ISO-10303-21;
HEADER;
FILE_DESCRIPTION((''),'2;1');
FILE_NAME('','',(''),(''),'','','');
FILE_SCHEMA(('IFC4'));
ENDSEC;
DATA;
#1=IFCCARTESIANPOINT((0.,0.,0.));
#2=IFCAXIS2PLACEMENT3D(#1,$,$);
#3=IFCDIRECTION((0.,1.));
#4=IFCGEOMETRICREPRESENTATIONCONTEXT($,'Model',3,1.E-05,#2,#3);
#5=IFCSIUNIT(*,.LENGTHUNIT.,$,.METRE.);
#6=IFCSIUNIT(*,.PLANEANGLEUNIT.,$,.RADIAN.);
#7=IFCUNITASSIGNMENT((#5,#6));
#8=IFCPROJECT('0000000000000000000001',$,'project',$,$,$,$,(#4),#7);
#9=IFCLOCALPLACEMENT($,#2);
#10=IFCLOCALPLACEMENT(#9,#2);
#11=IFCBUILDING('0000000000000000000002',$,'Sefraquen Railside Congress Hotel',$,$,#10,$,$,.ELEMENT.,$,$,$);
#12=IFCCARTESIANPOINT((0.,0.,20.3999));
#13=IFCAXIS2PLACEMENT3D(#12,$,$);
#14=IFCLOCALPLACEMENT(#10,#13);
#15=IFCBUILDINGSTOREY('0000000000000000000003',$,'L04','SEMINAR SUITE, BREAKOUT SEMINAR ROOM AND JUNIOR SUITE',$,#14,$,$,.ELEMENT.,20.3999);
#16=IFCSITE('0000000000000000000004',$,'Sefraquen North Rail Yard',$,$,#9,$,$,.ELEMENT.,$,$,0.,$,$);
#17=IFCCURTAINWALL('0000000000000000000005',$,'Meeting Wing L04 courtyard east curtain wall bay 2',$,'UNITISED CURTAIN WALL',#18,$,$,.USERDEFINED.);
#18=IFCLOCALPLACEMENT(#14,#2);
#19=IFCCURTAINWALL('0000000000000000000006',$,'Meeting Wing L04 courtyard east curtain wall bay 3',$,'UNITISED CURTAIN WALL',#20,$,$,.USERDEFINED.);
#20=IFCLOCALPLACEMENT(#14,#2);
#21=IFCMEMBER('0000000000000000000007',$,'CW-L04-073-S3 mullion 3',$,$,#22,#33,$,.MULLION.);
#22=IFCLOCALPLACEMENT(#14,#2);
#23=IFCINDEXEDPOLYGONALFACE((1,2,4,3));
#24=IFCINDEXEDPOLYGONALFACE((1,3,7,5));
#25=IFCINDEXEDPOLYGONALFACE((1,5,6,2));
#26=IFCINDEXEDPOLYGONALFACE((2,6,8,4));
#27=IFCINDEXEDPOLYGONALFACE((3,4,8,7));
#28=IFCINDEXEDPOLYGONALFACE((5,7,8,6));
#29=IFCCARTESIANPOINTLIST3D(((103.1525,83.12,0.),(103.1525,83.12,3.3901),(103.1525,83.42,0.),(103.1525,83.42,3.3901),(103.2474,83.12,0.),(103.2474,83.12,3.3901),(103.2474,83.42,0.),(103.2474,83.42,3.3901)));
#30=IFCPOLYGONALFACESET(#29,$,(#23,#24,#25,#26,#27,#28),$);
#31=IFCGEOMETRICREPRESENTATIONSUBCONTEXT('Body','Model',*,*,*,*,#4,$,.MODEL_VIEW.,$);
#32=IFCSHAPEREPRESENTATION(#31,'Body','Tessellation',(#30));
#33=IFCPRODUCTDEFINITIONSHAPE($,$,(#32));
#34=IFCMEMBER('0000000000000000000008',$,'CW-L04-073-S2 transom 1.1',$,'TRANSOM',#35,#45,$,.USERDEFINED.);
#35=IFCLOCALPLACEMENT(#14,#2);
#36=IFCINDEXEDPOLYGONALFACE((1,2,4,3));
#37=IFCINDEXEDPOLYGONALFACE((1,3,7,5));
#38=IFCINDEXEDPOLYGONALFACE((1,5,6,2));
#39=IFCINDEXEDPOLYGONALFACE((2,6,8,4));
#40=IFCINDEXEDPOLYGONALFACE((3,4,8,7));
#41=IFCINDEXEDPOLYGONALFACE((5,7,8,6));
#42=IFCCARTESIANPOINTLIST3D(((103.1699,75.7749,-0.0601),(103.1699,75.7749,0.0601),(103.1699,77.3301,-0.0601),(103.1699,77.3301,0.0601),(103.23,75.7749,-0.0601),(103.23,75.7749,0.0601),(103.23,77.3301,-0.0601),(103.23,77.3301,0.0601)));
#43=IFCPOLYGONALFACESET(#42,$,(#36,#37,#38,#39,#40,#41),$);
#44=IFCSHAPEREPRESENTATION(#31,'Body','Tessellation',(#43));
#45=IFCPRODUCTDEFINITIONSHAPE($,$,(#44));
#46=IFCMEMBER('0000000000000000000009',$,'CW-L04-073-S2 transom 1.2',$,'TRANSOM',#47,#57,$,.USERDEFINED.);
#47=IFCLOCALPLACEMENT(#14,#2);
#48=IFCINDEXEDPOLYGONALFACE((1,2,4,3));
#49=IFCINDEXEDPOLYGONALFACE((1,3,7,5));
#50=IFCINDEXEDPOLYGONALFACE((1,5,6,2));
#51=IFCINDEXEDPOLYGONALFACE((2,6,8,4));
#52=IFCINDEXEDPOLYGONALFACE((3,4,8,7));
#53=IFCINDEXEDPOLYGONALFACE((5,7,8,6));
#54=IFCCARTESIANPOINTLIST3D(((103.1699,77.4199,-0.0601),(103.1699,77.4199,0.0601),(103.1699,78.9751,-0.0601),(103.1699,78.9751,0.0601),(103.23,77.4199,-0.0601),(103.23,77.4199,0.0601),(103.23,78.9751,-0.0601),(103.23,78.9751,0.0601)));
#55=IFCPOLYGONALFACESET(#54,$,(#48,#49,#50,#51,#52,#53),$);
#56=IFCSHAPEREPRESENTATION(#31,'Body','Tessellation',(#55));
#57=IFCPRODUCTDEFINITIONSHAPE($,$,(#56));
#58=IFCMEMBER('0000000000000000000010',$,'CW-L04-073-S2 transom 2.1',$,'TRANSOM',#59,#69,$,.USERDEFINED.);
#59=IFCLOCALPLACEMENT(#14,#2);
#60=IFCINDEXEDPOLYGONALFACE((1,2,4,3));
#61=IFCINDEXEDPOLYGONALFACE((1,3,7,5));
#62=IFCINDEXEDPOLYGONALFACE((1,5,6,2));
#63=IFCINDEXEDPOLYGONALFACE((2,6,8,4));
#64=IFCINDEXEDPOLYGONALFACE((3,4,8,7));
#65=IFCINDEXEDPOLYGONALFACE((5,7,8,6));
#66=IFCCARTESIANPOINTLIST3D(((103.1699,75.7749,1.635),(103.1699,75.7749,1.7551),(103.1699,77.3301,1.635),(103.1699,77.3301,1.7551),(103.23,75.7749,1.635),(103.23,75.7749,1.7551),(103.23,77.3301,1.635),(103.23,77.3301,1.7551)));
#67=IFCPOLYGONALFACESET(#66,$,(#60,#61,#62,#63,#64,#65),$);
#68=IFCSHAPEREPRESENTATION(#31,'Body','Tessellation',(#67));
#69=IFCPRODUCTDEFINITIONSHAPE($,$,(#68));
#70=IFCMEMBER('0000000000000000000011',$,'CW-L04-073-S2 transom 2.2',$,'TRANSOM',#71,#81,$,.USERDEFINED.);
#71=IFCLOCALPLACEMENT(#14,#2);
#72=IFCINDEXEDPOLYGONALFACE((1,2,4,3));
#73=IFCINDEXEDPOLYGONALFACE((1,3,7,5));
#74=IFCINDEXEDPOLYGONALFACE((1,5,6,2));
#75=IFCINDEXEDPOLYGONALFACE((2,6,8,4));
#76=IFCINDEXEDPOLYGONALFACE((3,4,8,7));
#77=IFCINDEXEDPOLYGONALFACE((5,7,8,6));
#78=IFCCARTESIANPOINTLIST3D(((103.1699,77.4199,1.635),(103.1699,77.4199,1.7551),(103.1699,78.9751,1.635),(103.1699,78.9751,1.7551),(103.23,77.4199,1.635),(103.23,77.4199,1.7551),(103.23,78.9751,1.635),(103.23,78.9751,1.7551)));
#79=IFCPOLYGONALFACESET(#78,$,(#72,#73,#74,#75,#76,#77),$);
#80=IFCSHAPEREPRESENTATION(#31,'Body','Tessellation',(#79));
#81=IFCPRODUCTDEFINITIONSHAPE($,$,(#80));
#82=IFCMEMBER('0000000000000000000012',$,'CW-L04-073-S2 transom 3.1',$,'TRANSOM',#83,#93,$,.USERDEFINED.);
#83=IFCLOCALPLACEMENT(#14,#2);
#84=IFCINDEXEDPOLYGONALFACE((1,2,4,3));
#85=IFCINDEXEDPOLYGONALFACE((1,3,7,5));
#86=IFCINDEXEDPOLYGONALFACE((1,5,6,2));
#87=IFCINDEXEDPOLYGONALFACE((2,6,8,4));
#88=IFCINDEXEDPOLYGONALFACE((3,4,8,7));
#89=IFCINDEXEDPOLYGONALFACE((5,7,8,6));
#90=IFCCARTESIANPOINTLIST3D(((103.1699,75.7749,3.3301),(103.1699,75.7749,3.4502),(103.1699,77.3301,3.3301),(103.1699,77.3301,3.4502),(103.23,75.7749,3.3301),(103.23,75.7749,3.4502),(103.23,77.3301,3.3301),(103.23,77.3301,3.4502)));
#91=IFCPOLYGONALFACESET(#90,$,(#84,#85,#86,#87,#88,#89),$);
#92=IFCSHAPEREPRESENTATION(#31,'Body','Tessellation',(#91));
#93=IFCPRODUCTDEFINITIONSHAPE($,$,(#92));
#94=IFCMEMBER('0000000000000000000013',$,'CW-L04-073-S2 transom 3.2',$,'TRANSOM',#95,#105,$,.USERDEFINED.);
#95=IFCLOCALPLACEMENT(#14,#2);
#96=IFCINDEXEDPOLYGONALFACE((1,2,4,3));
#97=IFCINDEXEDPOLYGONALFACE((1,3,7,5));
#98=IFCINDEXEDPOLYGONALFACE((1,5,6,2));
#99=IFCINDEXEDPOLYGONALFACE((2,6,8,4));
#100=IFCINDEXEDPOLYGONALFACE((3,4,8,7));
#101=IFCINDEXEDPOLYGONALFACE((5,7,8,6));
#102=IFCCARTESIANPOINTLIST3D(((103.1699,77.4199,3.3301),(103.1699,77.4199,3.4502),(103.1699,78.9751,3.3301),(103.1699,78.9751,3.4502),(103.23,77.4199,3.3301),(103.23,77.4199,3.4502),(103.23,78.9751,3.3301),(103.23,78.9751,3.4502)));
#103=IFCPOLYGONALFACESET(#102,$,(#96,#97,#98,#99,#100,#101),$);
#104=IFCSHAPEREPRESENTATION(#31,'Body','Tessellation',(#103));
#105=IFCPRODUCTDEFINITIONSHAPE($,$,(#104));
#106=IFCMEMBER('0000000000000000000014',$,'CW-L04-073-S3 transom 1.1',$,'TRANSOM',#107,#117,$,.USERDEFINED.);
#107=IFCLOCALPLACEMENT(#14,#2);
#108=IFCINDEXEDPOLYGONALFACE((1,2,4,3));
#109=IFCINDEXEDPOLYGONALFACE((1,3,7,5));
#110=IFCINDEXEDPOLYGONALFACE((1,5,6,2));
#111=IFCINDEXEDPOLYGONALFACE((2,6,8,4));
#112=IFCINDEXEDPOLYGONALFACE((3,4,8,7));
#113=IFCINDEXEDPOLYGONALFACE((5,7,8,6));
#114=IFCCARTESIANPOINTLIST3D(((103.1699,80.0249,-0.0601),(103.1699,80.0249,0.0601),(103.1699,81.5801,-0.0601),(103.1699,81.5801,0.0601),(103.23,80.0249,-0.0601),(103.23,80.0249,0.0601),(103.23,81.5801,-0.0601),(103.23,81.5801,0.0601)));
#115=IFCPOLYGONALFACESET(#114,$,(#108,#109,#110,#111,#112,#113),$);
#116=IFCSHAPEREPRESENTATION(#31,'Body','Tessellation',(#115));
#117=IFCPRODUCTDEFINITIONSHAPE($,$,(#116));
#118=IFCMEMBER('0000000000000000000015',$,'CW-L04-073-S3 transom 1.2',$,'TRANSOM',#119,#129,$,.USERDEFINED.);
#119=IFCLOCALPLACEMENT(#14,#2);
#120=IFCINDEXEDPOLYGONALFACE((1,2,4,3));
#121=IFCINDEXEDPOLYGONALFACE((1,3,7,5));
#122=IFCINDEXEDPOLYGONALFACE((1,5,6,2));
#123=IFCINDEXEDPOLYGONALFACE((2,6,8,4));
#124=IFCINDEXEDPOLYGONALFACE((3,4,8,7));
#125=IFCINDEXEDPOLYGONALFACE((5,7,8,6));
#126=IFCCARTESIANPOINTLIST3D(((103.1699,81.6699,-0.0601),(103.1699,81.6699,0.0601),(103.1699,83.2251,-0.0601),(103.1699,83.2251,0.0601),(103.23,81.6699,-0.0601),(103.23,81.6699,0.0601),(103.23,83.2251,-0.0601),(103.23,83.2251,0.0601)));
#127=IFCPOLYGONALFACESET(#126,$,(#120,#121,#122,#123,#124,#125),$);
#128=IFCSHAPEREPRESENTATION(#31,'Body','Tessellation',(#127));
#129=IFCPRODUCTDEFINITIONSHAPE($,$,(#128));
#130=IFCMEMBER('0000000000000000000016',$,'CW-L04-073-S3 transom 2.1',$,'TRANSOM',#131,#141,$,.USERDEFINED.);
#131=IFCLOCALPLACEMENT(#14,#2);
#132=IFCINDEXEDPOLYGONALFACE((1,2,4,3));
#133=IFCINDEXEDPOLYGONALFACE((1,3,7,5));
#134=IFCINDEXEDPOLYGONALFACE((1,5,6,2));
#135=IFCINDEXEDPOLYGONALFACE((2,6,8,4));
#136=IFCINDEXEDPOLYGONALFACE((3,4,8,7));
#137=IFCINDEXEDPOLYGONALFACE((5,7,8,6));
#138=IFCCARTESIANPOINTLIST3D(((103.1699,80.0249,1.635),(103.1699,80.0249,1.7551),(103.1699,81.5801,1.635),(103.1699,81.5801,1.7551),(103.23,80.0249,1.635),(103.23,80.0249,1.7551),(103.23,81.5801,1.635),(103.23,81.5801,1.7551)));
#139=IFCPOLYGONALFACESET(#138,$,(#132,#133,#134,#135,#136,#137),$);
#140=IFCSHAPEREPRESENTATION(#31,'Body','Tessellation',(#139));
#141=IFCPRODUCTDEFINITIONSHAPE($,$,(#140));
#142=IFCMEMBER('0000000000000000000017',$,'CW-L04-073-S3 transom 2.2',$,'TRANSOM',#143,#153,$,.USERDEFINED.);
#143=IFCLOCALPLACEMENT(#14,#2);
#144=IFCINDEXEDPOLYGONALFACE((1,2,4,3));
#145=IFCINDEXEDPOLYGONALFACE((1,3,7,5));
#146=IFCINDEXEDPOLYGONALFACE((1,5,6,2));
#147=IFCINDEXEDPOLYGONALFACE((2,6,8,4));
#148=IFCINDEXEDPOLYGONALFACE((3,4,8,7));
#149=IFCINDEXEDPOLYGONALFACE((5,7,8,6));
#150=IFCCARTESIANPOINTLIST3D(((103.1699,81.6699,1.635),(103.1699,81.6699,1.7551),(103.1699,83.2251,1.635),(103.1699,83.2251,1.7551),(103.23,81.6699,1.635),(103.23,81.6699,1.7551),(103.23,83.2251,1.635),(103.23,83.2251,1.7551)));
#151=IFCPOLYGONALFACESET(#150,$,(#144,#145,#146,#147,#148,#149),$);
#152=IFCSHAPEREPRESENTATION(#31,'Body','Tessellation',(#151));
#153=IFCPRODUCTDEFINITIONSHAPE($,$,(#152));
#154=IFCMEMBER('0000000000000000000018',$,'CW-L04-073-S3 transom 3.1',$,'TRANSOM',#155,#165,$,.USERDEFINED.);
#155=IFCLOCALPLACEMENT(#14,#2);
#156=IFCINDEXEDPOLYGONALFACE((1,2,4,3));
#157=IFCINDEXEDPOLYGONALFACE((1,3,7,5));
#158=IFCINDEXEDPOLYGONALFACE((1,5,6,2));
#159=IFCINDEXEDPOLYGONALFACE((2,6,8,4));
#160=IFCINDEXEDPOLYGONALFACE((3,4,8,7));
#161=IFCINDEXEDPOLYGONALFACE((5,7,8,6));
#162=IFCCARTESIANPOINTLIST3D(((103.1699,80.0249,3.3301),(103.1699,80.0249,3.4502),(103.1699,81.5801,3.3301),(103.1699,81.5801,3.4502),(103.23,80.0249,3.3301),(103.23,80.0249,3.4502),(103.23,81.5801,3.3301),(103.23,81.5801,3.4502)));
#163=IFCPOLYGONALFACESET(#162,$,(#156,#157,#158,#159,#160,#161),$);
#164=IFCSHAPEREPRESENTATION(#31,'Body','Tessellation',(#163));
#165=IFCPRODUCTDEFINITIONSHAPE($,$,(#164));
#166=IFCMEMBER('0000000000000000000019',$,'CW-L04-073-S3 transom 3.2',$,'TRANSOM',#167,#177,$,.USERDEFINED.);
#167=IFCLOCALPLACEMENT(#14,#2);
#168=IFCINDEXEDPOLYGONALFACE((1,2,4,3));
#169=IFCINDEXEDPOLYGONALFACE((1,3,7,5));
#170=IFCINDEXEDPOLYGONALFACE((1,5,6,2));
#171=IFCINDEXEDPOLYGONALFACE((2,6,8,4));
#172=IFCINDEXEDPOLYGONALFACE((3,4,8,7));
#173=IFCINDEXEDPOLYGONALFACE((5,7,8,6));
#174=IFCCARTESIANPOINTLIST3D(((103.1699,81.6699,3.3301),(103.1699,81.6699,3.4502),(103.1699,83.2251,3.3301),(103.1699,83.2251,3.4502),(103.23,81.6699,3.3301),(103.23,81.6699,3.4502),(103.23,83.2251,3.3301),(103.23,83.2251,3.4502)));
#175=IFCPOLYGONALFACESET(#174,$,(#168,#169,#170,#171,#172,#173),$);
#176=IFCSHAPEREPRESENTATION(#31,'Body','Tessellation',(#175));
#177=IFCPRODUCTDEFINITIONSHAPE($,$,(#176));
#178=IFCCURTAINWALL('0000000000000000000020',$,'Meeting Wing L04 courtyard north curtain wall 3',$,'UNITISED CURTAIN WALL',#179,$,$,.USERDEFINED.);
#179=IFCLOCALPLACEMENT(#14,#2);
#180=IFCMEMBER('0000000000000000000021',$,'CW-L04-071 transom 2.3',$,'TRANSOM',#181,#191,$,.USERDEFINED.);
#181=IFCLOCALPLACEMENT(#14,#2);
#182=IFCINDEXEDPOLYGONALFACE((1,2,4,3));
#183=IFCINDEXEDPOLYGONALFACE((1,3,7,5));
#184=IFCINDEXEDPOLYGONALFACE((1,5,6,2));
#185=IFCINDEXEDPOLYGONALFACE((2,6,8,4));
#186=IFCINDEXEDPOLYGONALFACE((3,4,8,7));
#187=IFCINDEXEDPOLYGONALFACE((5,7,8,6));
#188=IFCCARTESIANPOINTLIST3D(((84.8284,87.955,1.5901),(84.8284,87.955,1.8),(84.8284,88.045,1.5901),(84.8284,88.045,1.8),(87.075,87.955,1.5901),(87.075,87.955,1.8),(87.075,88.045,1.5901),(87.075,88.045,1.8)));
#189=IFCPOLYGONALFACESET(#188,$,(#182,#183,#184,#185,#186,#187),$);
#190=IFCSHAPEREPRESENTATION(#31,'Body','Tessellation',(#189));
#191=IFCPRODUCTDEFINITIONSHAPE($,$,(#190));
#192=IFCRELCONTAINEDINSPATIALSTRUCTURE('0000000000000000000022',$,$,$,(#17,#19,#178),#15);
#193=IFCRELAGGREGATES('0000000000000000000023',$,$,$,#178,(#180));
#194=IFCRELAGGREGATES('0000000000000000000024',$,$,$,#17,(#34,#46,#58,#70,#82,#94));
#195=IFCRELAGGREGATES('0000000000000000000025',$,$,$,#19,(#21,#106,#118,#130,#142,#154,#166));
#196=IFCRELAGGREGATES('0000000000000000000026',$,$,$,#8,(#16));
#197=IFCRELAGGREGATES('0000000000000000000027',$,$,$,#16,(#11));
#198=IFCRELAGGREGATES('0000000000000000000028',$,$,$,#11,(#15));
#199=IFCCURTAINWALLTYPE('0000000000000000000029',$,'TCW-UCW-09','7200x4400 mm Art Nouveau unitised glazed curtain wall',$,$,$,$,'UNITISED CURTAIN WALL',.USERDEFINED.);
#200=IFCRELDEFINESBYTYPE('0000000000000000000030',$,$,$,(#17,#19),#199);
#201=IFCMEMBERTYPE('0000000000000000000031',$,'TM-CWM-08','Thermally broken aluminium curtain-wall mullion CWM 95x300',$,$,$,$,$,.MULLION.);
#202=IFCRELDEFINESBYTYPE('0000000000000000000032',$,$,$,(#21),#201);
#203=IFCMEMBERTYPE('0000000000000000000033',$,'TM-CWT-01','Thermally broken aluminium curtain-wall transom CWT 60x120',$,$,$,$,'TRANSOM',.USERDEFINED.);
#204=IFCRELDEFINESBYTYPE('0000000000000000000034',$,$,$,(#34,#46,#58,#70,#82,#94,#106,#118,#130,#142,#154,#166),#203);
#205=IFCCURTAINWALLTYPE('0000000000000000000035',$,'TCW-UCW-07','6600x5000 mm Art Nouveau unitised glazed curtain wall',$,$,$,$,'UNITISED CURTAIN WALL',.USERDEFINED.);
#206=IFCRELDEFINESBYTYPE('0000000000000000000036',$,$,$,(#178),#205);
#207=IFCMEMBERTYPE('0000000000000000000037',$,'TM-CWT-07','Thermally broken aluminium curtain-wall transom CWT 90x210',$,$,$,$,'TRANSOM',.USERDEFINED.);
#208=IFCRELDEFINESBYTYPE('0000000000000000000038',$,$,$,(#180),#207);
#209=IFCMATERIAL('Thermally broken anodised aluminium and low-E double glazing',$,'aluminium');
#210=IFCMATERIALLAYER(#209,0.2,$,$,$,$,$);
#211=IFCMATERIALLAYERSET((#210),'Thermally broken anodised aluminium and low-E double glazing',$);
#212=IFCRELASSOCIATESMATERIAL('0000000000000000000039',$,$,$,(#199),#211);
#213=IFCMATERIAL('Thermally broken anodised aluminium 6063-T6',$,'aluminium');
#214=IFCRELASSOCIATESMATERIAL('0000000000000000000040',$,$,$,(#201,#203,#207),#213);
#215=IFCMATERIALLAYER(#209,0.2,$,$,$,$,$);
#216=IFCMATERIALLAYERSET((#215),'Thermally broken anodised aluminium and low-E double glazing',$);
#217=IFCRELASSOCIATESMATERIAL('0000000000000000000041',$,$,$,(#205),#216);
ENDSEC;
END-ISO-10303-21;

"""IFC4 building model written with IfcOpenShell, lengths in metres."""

from ifc_helpers import new_model, si_unit, direction, frame, origin, origin_2d, place, context, subcontext, project, spatial, rectangle, extrude, material, layer, layer_set, material_profile, profile_set, type_object, element, aggregate, save


model = new_model("IFC4")

# Units and contexts
model_context = context("Model", 3, precision=1e-05, world=origin(), true_north=direction((0.0, 1.0)))
body_context = subcontext(model_context, "Body", "Model", "MODEL_VIEW")
ifc_project = project(units=[si_unit("LENGTHUNIT", "METRE"), si_unit("PLANEANGLEUNIT", "RADIAN")], contexts=[model_context])

# Site, building, storey
site_placement = place(None, origin())
site = spatial("IfcSite", under=ifc_project, at=site_placement, Name="Sefraquen North Rail Yard", CompositionType="ELEMENT", RefElevation=0.0)
building_placement = place(site_placement, origin())
building = spatial("IfcBuilding", under=site, at=building_placement, Name="Sefraquen Railside Congress Hotel", CompositionType="ELEMENT")
storey_placement = place(building_placement, frame((0.0, 0.0, 20.3999)))
storey = spatial("IfcBuildingStorey", under=building, at=storey_placement, Name="L04", Description="SEMINAR SUITE, BREAKOUT SEMINAR ROOM AND JUNIOR SUITE", CompositionType="ELEMENT", Elevation=20.3999)

# Curtain walls
ifc_material_1 = material(Name="Thermally broken anodised aluminium and low-E double glazing", Category="aluminium")
ifc_layer_1 = layer(ifc_material_1, 0.2)
ifc_layer_set_1 = layer_set([ifc_layer_1], Name="Thermally broken anodised aluminium and low-E double glazing")
curtain_wall_type_1 = type_object("IfcCurtainWallType", Name="TCW-UCW-09", Description="7200x4400 mm Art Nouveau unitised glazed curtain wall", ElementType="UNITISED CURTAIN WALL", PredefinedType="USERDEFINED", material=ifc_layer_set_1)
curtain_wall_1_placement = place(storey_placement, origin())
curtain_wall_1 = element("IfcCurtainWall", 1, at=curtain_wall_1_placement, inside=storey, type_object=curtain_wall_type_1, Name="Meeting Wing L04 courtyard east curtain wall bay 2", ObjectType="UNITISED CURTAIN WALL", PredefinedType="USERDEFINED")
ifc_material_2 = material(Name="Thermally broken anodised aluminium 6063-T6", Category="aluminium")
curtain_wall_2_placement = place(storey_placement, origin())
curtain_wall_2 = element("IfcCurtainWall", 2, at=curtain_wall_2_placement, inside=storey, type_object=curtain_wall_type_1, Name="Meeting Wing L04 courtyard east curtain wall bay 3", ObjectType="UNITISED CURTAIN WALL", PredefinedType="USERDEFINED")

# Members
ifc_material_profile_1 = material_profile(ifc_material_2, rectangle(XDim=0.095, YDim=0.3, at=origin_2d()), Name="CWM 95x300")
ifc_profile_set_1 = profile_set([ifc_material_profile_1], Name="Thermally broken anodised aluminium 6063-T6")
member_type_1 = type_object("IfcMemberType", Name="TM-CWM-08", Description="Thermally broken aluminium curtain-wall mullion CWM 95x300", PredefinedType="MULLION", material=ifc_profile_set_1)
member_1_placement = place(storey_placement, frame((103.2, 83.27, 0.0), z_axis=(0.0, 0.0, 1.0), x_axis=(1.0, 0.0, 0.0)))
member_1 = element("IfcMember", 3, at=member_1_placement, type_object=member_type_1, Name="CW-L04-073-S3 mullion 3", PredefinedType="MULLION", context=body_context, shape_type="SweptSolid", body=[
    extrude(rectangle(XDim=0.095, YDim=0.3, at=origin_2d()), origin(), (0.0, 0.0, 1.0), 3.3901),
])
ifc_material_profile_2 = material_profile(ifc_material_2, rectangle(XDim=0.0601, YDim=0.1201, at=origin_2d()), Name="CWT 60x120")
ifc_profile_set_2 = profile_set([ifc_material_profile_2], Name="Thermally broken anodised aluminium 6063-T6")
member_type_2 = type_object("IfcMemberType", Name="TM-CWT-01", Description="Thermally broken aluminium curtain-wall transom CWT 60x120", ElementType="TRANSOM", PredefinedType="USERDEFINED", material=ifc_profile_set_2)
member_2_placement = place(storey_placement, frame((103.2, 75.7749, 0.0), z_axis=(0.0, 1.0, 0.0), x_axis=(-1.0, 0.0, 0.0)))
member_2 = element("IfcMember", 4, at=member_2_placement, type_object=member_type_2, Name="CW-L04-073-S2 transom 1.1", ObjectType="TRANSOM", PredefinedType="USERDEFINED", context=body_context, shape_type="SweptSolid", body=[
    extrude(rectangle(XDim=0.0601, YDim=0.1201, at=origin_2d()), origin(), (0.0, 0.0, 1.0), 1.5552),
])
member_3_placement = place(storey_placement, frame((103.2, 77.4199, 0.0), z_axis=(0.0, 1.0, 0.0), x_axis=(-1.0, 0.0, 0.0)))
member_3 = element("IfcMember", 5, at=member_3_placement, type_object=member_type_2, Name="CW-L04-073-S2 transom 1.2", ObjectType="TRANSOM", PredefinedType="USERDEFINED", context=body_context, shape_type="SweptSolid", body=[
    extrude(rectangle(XDim=0.0601, YDim=0.1201, at=origin_2d()), origin(), (0.0, 0.0, 1.0), 1.5552),
])
member_4_placement = place(storey_placement, frame((103.2, 75.7749, 1.6951), z_axis=(0.0, 1.0, 0.0), x_axis=(-1.0, 0.0, 0.0)))
member_4 = element("IfcMember", 6, at=member_4_placement, type_object=member_type_2, Name="CW-L04-073-S2 transom 2.1", ObjectType="TRANSOM", PredefinedType="USERDEFINED", context=body_context, shape_type="SweptSolid", body=[
    extrude(rectangle(XDim=0.0601, YDim=0.1201, at=origin_2d()), origin(), (0.0, 0.0, 1.0), 1.5552),
])
member_5_placement = place(storey_placement, frame((103.2, 77.4199, 1.6951), z_axis=(0.0, 1.0, 0.0), x_axis=(-1.0, 0.0, 0.0)))
member_5 = element("IfcMember", 7, at=member_5_placement, type_object=member_type_2, Name="CW-L04-073-S2 transom 2.2", ObjectType="TRANSOM", PredefinedType="USERDEFINED", context=body_context, shape_type="SweptSolid", body=[
    extrude(rectangle(XDim=0.0601, YDim=0.1201, at=origin_2d()), origin(), (0.0, 0.0, 1.0), 1.5552),
])
member_6_placement = place(storey_placement, frame((103.2, 75.7749, 3.3901), z_axis=(0.0, 1.0, 0.0), x_axis=(-1.0, 0.0, 0.0)))
member_6 = element("IfcMember", 8, at=member_6_placement, type_object=member_type_2, Name="CW-L04-073-S2 transom 3.1", ObjectType="TRANSOM", PredefinedType="USERDEFINED", context=body_context, shape_type="SweptSolid", body=[
    extrude(rectangle(XDim=0.0601, YDim=0.1201, at=origin_2d()), origin(), (0.0, 0.0, 1.0), 1.5552),
])
member_7_placement = place(storey_placement, frame((103.2, 77.4199, 3.3901), z_axis=(0.0, 1.0, 0.0), x_axis=(-1.0, 0.0, 0.0)))
member_7 = element("IfcMember", 9, at=member_7_placement, type_object=member_type_2, Name="CW-L04-073-S2 transom 3.2", ObjectType="TRANSOM", PredefinedType="USERDEFINED", context=body_context, shape_type="SweptSolid", body=[
    extrude(rectangle(XDim=0.0601, YDim=0.1201, at=origin_2d()), origin(), (0.0, 0.0, 1.0), 1.5552),
])
member_8_placement = place(storey_placement, frame((103.2, 80.0249, 0.0), z_axis=(0.0, 1.0, 0.0), x_axis=(-1.0, 0.0, 0.0)))
member_8 = element("IfcMember", 10, at=member_8_placement, type_object=member_type_2, Name="CW-L04-073-S3 transom 1.1", ObjectType="TRANSOM", PredefinedType="USERDEFINED", context=body_context, shape_type="SweptSolid", body=[
    extrude(rectangle(XDim=0.0601, YDim=0.1201, at=origin_2d()), origin(), (0.0, 0.0, 1.0), 1.5552),
])
member_9_placement = place(storey_placement, frame((103.2, 81.6699, 0.0), z_axis=(0.0, 1.0, 0.0), x_axis=(-1.0, 0.0, 0.0)))
member_9 = element("IfcMember", 11, at=member_9_placement, type_object=member_type_2, Name="CW-L04-073-S3 transom 1.2", ObjectType="TRANSOM", PredefinedType="USERDEFINED", context=body_context, shape_type="SweptSolid", body=[
    extrude(rectangle(XDim=0.0601, YDim=0.1201, at=origin_2d()), origin(), (0.0, 0.0, 1.0), 1.5552),
])
member_10_placement = place(storey_placement, frame((103.2, 80.0249, 1.6951), z_axis=(0.0, 1.0, 0.0), x_axis=(-1.0, 0.0, 0.0)))
member_10 = element("IfcMember", 12, at=member_10_placement, type_object=member_type_2, Name="CW-L04-073-S3 transom 2.1", ObjectType="TRANSOM", PredefinedType="USERDEFINED", context=body_context, shape_type="SweptSolid", body=[
    extrude(rectangle(XDim=0.0601, YDim=0.1201, at=origin_2d()), origin(), (0.0, 0.0, 1.0), 1.5552),
])
member_11_placement = place(storey_placement, frame((103.2, 81.6699, 1.6951), z_axis=(0.0, 1.0, 0.0), x_axis=(-1.0, 0.0, 0.0)))
member_11 = element("IfcMember", 13, at=member_11_placement, type_object=member_type_2, Name="CW-L04-073-S3 transom 2.2", ObjectType="TRANSOM", PredefinedType="USERDEFINED", context=body_context, shape_type="SweptSolid", body=[
    extrude(rectangle(XDim=0.0601, YDim=0.1201, at=origin_2d()), origin(), (0.0, 0.0, 1.0), 1.5552),
])
member_12_placement = place(storey_placement, frame((103.2, 80.0249, 3.3901), z_axis=(0.0, 1.0, 0.0), x_axis=(-1.0, 0.0, 0.0)))
member_12 = element("IfcMember", 14, at=member_12_placement, type_object=member_type_2, Name="CW-L04-073-S3 transom 3.1", ObjectType="TRANSOM", PredefinedType="USERDEFINED", context=body_context, shape_type="SweptSolid", body=[
    extrude(rectangle(XDim=0.0601, YDim=0.1201, at=origin_2d()), origin(), (0.0, 0.0, 1.0), 1.5552),
])
member_13_placement = place(storey_placement, frame((103.2, 81.6699, 3.3901), z_axis=(0.0, 1.0, 0.0), x_axis=(-1.0, 0.0, 0.0)))
member_13 = element("IfcMember", 15, at=member_13_placement, type_object=member_type_2, Name="CW-L04-073-S3 transom 3.2", ObjectType="TRANSOM", PredefinedType="USERDEFINED", context=body_context, shape_type="SweptSolid", body=[
    extrude(rectangle(XDim=0.0601, YDim=0.1201, at=origin_2d()), origin(), (0.0, 0.0, 1.0), 1.5552),
])

# Curtain wall, member
ifc_layer_2 = layer(ifc_material_1, 0.2)
ifc_layer_set_2 = layer_set([ifc_layer_2], Name="Thermally broken anodised aluminium and low-E double glazing")
curtain_wall_type_2 = type_object("IfcCurtainWallType", Name="TCW-UCW-07", Description="6600x5000 mm Art Nouveau unitised glazed curtain wall", ElementType="UNITISED CURTAIN WALL", PredefinedType="USERDEFINED", material=ifc_layer_set_2)
curtain_wall_3_placement = place(storey_placement, origin())
curtain_wall_3 = element("IfcCurtainWall", 16, at=curtain_wall_3_placement, inside=storey, type_object=curtain_wall_type_2, Name="Meeting Wing L04 courtyard north curtain wall 3", ObjectType="UNITISED CURTAIN WALL", PredefinedType="USERDEFINED")
ifc_material_profile_3 = material_profile(ifc_material_2, rectangle(XDim=0.0901, YDim=0.21, at=origin_2d()), Name="CWT 90x210")
ifc_profile_set_3 = profile_set([ifc_material_profile_3], Name="Thermally broken anodised aluminium 6063-T6")
member_type_3 = type_object("IfcMemberType", Name="TM-CWT-07", Description="Thermally broken aluminium curtain-wall transom CWT 90x210", ElementType="TRANSOM", PredefinedType="USERDEFINED", material=ifc_profile_set_3)
member_14_placement = place(storey_placement, frame((84.8284, 88.0, 1.6951), z_axis=(1.0, 0.0, 0.0), x_axis=(0.0, 1.0, 0.0)))
member_14 = element("IfcMember", 17, at=member_14_placement, type_object=member_type_3, Name="CW-L04-071 transom 2.3", ObjectType="TRANSOM", PredefinedType="USERDEFINED", context=body_context, shape_type="SweptSolid", body=[
    extrude(rectangle(XDim=0.0901, YDim=0.21, at=origin_2d()), origin(), (0.0, 0.0, 1.0), 2.2466),
])
aggregate(curtain_wall_3, [member_14])

aggregate(curtain_wall_1, [member_2, member_3, member_4, member_5, member_6, member_7])
aggregate(curtain_wall_2, [member_1, member_8, member_9, member_10, member_11, member_12, member_13])

save(model, "model.ifc")
